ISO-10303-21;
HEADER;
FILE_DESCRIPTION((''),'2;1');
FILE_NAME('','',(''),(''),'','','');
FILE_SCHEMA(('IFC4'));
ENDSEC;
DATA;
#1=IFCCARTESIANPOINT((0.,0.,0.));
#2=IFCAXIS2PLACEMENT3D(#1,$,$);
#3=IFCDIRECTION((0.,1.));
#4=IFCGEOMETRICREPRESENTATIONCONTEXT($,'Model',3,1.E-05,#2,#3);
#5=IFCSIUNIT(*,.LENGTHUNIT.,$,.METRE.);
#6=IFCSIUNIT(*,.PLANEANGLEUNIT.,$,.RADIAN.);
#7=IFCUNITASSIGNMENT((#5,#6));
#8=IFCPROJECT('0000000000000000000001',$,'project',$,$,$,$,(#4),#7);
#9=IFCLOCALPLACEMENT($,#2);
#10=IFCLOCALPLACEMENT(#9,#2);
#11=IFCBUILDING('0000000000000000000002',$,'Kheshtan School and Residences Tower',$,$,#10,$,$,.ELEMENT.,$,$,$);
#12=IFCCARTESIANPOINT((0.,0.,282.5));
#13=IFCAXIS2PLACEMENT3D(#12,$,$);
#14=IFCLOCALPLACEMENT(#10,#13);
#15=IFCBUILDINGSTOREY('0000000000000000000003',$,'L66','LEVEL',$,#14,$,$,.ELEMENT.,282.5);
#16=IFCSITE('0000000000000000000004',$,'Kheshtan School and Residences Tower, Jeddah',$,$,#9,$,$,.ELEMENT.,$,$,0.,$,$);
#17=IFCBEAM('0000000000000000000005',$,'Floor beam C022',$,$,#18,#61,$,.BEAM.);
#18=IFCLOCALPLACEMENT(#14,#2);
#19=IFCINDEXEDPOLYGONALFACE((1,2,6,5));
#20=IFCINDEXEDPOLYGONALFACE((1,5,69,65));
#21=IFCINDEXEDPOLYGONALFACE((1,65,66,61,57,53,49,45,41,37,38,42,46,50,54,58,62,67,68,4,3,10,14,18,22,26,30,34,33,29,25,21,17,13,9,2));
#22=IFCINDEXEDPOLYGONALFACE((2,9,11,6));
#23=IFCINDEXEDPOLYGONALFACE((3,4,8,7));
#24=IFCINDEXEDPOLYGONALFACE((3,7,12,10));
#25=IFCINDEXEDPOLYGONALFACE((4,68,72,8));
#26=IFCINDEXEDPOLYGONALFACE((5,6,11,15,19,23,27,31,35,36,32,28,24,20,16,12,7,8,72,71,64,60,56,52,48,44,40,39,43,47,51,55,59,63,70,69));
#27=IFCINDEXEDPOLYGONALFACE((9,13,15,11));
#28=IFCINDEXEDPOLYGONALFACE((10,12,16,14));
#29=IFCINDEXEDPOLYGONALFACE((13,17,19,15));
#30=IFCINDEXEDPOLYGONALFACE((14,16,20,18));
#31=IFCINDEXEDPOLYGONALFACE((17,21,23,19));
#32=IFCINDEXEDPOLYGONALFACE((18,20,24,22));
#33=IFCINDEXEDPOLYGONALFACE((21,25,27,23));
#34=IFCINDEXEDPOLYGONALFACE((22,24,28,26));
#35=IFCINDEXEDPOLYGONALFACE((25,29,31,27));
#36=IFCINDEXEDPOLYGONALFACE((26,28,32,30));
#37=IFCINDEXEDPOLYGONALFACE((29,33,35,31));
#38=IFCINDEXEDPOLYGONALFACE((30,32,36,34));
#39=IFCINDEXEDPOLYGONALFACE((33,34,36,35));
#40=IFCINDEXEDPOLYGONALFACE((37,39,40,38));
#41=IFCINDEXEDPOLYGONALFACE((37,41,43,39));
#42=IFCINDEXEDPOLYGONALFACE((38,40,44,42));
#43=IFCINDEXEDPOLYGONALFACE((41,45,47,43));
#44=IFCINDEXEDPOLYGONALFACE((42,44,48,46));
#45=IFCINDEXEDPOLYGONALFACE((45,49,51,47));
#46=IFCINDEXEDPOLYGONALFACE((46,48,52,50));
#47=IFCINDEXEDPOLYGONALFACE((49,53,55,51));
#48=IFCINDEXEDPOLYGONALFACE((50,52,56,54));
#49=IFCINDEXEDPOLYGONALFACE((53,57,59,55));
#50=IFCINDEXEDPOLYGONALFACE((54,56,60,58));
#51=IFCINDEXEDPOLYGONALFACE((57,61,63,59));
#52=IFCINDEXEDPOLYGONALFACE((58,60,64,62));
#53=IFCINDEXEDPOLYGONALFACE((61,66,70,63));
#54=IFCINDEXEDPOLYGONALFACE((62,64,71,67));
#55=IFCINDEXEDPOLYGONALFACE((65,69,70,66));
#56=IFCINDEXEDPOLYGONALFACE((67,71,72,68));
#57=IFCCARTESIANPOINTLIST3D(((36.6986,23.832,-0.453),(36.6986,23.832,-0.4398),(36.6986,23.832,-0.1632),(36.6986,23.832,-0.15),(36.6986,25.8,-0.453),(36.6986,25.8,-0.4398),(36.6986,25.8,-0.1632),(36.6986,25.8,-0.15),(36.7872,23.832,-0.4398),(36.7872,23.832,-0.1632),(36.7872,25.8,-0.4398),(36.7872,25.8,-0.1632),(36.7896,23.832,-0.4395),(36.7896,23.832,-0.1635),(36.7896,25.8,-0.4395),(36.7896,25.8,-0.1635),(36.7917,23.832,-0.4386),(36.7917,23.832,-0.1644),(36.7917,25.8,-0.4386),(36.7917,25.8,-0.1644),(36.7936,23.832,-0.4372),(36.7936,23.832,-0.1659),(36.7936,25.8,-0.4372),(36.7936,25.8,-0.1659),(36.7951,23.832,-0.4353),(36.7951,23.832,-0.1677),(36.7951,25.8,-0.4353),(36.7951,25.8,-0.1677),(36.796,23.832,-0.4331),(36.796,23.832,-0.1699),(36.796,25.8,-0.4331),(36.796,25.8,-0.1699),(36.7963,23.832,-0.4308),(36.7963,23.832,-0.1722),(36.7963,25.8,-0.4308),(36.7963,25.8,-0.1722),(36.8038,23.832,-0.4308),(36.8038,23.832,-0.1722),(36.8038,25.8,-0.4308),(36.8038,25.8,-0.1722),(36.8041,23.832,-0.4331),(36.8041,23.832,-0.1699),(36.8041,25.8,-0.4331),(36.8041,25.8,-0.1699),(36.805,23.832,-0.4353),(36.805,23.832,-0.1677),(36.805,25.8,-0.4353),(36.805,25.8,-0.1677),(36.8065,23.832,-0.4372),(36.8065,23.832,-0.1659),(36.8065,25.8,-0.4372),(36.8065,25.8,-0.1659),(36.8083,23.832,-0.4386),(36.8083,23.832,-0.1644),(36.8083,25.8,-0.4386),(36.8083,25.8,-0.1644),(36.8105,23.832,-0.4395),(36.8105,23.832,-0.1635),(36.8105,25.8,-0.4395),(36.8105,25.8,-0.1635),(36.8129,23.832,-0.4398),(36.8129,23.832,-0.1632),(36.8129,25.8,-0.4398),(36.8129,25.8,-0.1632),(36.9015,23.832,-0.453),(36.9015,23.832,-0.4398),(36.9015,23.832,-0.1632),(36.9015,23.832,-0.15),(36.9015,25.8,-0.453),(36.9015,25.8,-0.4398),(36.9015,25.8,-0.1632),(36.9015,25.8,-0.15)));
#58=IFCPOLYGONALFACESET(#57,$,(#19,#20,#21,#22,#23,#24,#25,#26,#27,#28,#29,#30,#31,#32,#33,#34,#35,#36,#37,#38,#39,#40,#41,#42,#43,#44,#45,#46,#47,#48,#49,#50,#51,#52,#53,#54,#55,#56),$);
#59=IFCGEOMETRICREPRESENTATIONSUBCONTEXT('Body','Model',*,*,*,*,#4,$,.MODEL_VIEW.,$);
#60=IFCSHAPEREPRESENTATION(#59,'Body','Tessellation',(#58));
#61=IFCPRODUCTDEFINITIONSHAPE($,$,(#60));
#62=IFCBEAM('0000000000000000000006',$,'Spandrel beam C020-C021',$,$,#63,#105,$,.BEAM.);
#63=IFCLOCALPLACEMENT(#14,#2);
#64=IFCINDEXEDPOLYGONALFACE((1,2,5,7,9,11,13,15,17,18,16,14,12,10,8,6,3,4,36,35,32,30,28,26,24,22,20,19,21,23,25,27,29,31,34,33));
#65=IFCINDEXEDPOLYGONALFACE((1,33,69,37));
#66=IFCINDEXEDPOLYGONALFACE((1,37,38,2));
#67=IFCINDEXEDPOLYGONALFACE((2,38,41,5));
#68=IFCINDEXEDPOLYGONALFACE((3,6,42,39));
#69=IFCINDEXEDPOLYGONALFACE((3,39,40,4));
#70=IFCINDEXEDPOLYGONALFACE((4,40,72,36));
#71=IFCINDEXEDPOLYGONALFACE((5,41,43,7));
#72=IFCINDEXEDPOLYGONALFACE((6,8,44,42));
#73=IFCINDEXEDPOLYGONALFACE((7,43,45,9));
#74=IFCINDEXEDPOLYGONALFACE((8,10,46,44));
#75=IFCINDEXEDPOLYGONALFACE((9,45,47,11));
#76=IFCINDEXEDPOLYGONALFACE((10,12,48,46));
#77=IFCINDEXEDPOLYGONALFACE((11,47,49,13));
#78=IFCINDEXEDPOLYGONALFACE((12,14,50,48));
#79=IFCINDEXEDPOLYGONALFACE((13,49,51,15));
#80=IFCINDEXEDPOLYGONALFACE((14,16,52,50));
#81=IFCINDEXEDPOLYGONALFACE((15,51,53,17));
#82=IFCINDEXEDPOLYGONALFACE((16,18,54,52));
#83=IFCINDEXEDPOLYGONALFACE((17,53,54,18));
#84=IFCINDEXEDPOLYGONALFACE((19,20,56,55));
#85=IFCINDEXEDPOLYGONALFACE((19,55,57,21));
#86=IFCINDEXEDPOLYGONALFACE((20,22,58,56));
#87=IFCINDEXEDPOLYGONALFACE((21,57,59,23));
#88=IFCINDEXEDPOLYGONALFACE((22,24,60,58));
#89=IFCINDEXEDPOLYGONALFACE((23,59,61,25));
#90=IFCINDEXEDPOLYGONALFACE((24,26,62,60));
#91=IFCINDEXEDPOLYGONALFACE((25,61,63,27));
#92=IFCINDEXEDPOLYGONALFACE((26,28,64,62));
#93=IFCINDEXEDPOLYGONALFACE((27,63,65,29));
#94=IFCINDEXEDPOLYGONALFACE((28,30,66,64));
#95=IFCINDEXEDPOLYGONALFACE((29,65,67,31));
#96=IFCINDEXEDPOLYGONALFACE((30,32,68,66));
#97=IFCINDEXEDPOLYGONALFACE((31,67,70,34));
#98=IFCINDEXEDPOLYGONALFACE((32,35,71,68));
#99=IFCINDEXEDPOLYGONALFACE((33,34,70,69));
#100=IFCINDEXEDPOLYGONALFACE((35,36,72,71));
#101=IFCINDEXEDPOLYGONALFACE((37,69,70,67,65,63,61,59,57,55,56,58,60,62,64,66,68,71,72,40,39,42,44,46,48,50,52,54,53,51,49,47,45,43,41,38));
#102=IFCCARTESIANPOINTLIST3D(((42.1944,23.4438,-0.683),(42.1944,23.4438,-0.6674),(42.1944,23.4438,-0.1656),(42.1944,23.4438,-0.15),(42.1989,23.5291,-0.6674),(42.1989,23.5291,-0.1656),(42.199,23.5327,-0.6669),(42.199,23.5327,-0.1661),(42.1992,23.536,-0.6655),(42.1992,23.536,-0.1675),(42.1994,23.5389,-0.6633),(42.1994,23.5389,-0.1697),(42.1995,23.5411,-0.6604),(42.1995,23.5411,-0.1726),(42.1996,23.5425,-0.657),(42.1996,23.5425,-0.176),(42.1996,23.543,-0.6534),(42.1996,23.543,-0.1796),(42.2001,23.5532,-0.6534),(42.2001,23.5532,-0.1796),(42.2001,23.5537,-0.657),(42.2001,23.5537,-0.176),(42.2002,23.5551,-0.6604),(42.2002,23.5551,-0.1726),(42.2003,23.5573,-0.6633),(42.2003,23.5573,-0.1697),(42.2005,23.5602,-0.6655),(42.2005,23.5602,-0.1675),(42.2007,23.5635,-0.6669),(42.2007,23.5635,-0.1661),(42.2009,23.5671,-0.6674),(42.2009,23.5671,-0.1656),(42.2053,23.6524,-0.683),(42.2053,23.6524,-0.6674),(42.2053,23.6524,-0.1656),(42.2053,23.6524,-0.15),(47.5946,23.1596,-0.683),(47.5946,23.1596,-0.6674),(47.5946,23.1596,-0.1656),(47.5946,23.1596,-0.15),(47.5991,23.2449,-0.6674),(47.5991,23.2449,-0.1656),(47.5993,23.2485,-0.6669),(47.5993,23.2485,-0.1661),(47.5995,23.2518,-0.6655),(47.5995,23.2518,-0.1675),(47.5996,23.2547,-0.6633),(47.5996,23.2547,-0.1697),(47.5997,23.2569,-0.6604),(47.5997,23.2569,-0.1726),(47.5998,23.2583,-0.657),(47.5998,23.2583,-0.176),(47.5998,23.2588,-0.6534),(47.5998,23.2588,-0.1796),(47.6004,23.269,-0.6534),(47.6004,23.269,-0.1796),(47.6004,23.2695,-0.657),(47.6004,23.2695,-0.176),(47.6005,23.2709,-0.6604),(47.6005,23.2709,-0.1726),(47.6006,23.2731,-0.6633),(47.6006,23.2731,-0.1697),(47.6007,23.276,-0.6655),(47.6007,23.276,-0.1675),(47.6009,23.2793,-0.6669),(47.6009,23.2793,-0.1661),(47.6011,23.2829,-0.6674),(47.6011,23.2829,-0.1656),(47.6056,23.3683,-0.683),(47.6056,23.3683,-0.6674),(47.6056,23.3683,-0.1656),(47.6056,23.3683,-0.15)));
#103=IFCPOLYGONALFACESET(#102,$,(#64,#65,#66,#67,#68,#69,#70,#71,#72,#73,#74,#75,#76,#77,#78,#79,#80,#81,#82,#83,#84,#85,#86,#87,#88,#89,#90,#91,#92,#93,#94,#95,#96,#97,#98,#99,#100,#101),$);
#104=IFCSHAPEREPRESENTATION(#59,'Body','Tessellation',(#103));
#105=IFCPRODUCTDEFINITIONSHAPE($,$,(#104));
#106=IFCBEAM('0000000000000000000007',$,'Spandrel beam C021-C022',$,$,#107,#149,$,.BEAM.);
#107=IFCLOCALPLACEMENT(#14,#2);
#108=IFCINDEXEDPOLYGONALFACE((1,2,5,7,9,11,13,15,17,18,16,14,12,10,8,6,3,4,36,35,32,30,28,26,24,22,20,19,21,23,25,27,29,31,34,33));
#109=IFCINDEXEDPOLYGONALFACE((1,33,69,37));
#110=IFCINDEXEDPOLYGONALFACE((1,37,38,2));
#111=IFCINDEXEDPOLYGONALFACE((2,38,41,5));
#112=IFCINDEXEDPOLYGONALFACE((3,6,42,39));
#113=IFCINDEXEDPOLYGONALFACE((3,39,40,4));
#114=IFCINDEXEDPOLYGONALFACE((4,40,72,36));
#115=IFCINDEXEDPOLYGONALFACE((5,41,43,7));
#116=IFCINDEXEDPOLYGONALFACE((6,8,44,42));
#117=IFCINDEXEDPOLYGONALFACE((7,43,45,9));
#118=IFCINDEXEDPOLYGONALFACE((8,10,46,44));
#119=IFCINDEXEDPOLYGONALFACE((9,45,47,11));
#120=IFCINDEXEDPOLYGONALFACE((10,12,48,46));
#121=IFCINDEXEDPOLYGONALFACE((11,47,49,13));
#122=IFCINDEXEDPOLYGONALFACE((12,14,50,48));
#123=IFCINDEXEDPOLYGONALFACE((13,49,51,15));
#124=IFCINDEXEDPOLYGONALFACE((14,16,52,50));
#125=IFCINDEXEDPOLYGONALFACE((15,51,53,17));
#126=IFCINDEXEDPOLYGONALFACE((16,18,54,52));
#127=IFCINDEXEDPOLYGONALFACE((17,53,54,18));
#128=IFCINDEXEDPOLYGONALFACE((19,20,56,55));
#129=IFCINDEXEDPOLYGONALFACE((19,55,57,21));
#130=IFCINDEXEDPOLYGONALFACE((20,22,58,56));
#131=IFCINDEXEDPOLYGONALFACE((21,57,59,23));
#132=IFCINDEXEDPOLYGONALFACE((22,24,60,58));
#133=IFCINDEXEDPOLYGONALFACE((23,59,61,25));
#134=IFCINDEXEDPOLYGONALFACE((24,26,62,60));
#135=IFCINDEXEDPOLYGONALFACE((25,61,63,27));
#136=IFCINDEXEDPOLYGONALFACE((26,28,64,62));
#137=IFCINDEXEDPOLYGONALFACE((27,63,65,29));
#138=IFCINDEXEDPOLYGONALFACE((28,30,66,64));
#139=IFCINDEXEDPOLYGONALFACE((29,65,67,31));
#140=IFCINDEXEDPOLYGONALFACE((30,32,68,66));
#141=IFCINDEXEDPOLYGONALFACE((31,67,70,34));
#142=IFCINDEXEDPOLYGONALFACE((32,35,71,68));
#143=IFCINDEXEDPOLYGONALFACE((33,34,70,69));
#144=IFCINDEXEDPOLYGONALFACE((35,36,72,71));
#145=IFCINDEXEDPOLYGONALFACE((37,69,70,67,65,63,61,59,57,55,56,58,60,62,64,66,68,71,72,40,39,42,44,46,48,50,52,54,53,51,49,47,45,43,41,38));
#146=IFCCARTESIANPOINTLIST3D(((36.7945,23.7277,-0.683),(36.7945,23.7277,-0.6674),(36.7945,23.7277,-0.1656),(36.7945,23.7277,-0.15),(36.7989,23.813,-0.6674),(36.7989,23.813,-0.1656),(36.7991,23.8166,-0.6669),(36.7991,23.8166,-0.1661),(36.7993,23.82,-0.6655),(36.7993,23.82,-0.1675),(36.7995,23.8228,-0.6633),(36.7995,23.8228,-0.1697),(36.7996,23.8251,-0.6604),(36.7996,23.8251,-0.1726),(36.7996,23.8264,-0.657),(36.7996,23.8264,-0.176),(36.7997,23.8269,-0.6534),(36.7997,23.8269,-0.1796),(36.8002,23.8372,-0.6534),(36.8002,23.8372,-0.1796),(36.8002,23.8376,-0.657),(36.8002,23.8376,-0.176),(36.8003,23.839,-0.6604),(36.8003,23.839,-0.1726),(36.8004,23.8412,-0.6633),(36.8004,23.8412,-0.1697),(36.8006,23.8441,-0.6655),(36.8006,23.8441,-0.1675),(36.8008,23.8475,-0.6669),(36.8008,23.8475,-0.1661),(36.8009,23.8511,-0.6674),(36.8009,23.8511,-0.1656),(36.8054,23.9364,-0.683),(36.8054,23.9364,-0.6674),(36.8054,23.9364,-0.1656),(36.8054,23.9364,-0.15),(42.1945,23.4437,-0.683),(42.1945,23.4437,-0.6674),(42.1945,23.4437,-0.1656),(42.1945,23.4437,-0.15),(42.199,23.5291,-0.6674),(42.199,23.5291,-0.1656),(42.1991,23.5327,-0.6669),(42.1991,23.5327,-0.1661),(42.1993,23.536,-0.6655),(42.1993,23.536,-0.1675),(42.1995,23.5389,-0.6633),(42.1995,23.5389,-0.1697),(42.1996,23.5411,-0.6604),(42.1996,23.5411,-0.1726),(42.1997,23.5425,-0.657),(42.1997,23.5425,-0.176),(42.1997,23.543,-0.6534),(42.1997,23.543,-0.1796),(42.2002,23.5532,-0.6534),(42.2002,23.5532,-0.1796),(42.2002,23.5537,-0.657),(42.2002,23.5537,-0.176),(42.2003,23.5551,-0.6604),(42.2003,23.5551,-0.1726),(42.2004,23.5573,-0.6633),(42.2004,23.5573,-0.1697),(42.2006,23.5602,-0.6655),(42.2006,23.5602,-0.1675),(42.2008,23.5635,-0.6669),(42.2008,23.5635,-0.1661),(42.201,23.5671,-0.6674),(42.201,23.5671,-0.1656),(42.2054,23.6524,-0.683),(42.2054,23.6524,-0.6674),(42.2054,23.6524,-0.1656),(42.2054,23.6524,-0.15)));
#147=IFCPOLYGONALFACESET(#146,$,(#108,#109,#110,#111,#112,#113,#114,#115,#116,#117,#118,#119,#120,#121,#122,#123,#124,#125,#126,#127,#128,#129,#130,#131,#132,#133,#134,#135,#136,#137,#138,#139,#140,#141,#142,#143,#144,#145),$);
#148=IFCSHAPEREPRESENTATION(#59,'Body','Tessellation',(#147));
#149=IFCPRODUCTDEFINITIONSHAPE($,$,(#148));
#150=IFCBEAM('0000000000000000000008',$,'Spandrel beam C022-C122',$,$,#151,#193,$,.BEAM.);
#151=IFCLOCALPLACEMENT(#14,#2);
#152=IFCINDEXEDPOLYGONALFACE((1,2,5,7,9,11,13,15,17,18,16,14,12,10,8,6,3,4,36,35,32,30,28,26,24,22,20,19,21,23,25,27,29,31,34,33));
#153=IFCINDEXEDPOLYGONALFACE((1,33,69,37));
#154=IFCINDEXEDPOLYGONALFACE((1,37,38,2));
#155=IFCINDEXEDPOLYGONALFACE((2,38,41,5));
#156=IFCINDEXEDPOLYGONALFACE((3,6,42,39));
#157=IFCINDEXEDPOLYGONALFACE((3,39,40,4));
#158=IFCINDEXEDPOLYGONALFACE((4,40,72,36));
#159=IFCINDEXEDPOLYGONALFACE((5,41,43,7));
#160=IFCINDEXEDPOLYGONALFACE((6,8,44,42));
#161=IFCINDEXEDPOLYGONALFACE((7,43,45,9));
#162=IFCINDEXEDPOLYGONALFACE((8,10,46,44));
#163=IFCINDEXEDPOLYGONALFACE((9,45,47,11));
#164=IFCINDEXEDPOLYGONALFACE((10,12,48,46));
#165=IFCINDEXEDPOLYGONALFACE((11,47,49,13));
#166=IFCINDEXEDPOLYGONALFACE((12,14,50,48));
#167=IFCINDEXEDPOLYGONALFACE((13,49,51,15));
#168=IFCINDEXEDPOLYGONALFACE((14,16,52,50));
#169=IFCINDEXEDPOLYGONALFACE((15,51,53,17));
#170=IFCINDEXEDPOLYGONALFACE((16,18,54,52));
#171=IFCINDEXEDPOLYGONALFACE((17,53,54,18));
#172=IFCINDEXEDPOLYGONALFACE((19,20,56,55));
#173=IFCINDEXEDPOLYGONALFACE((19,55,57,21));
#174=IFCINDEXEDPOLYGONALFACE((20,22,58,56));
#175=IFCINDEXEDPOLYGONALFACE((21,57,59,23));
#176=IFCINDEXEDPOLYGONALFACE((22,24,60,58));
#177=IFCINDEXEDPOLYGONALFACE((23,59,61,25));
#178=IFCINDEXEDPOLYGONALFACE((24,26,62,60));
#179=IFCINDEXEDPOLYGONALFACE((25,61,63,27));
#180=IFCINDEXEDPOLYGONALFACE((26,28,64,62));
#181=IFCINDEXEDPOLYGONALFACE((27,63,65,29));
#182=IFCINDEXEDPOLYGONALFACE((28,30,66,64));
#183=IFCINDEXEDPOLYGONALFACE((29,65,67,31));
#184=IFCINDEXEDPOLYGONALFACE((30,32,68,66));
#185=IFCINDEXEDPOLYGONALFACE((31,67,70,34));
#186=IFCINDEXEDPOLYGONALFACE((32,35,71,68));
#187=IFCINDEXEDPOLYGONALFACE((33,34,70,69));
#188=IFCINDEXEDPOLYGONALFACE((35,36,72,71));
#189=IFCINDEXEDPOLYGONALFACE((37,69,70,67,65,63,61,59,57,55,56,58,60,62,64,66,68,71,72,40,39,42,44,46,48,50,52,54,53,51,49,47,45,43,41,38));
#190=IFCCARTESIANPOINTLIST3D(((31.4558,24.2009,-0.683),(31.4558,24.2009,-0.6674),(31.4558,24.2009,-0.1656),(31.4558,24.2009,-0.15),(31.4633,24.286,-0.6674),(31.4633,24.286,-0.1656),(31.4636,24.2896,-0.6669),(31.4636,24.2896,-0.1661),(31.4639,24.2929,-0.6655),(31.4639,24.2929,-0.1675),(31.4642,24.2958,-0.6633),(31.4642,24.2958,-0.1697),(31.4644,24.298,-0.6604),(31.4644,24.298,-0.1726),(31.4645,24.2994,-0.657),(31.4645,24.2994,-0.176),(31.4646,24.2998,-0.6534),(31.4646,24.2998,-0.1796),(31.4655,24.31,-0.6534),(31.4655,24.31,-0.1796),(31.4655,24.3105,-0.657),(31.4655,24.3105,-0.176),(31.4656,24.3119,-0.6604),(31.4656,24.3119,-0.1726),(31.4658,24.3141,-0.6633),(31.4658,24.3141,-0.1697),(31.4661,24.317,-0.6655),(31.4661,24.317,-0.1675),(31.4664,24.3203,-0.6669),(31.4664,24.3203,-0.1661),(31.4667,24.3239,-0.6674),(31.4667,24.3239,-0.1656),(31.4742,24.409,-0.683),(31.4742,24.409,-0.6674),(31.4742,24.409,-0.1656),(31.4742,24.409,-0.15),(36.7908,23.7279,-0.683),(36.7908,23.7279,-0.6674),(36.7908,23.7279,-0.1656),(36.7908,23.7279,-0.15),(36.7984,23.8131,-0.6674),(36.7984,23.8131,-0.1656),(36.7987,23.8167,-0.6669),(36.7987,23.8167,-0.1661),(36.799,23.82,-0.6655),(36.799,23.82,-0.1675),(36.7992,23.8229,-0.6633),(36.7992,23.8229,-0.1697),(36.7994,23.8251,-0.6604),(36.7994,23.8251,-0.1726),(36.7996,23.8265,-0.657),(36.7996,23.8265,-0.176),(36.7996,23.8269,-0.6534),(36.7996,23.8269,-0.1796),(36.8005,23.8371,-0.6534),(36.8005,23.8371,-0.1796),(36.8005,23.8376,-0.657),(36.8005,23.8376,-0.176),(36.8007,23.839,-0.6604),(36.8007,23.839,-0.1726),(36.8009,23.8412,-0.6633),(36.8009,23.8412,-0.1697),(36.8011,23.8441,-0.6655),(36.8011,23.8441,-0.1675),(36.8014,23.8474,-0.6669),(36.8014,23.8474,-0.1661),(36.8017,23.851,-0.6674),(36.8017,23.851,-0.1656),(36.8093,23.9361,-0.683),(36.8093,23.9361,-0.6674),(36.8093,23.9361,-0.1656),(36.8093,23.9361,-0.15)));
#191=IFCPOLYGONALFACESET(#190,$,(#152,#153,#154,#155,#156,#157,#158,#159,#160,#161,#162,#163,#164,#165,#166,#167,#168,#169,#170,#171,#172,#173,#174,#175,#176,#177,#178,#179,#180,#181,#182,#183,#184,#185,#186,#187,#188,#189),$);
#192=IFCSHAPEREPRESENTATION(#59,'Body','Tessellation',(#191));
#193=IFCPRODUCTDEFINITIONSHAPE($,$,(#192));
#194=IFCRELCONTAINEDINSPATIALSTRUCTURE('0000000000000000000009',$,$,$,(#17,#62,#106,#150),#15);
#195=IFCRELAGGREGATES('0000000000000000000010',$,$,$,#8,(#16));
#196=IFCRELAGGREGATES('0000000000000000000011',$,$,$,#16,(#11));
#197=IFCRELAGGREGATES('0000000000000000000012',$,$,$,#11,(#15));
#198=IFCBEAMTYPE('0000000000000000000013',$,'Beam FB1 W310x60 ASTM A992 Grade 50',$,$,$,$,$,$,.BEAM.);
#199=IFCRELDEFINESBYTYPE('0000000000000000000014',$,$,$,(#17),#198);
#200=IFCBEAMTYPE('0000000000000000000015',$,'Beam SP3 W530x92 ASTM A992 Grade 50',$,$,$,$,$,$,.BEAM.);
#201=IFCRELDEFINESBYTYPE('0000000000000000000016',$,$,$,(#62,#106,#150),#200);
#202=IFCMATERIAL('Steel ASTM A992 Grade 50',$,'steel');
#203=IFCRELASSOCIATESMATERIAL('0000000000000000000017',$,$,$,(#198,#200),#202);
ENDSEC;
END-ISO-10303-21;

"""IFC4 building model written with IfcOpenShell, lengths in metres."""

from ifc_helpers import new_model, si_unit, direction, frame, origin, origin_2d, place, context, subcontext, project, spatial, i_section, extrude, material, material_profile, profile_set, type_object, element, save


model = new_model("IFC4")

# Units and contexts
model_context = context("Model", 3, precision=1e-05, world=origin(), true_north=direction((0.0, 1.0)))
body_context = subcontext(model_context, "Body", "Model", "MODEL_VIEW")
ifc_project = project(units=[si_unit("LENGTHUNIT", "METRE"), si_unit("PLANEANGLEUNIT", "RADIAN")], contexts=[model_context])

# Site, building, storey
site_placement = place(None, origin())
site = spatial("IfcSite", under=ifc_project, at=site_placement, Name="Kheshtan School and Residences Tower, Jeddah", CompositionType="ELEMENT", RefElevation=0.0)
building_placement = place(site_placement, origin())
building = spatial("IfcBuilding", under=site, at=building_placement, Name="Kheshtan School and Residences Tower", CompositionType="ELEMENT")
storey_placement = place(building_placement, frame((0.0, 0.0, 282.5)))
storey = spatial("IfcBuildingStorey", under=building, at=storey_placement, Name="L66", Description="LEVEL", CompositionType="ELEMENT", Elevation=282.5)

# Shared definitions
ifc_material_1 = material(Name="Steel ASTM A992 Grade 50", Category="steel")

# Beams
ifc_material_profile_1 = material_profile(ifc_material_1, i_section(OverallWidth=0.2029, OverallDepth=0.303, WebThickness=0.0076, FlangeThickness=0.0132, FilletRadius=0.009, at=origin_2d()), Name="W310x60")
ifc_profile_set_1 = profile_set([ifc_material_profile_1], Name="Steel ASTM A992 Grade 50")
beam_type_1 = type_object("IfcBeamType", Name="Beam FB1 W310x60 ASTM A992 Grade 50", PredefinedType="BEAM", material=ifc_profile_set_1)
beam_1_placement = place(storey_placement, frame((36.8, 23.832, -0.3015), z_axis=(0.0, 1.0, 0.0), x_axis=(-1.0, 0.0, 0.0)))
element("IfcBeam", 1, at=beam_1_placement, inside=storey, type_object=beam_type_1, Name="Floor beam C022", PredefinedType="BEAM", context=body_context, shape_type="SweptSolid", body=[
    extrude(i_section(OverallWidth=0.2029, OverallDepth=0.303, WebThickness=0.0076, FlangeThickness=0.0132, FilletRadius=0.009, at=origin_2d()), origin(), (0.0, 0.0, 1.0), 1.968),
])
ifc_material_profile_2 = material_profile(ifc_material_1, i_section(OverallWidth=0.209, OverallDepth=0.533, WebThickness=0.0103, FlangeThickness=0.0156, FilletRadius=0.0139, at=origin_2d()), Name="W530x92")
ifc_profile_set_2 = profile_set([ifc_material_profile_2], Name="Steel ASTM A992 Grade 50")
beam_type_2 = type_object("IfcBeamType", Name="Beam SP3 W530x92 ASTM A992 Grade 50", PredefinedType="BEAM", material=ifc_profile_set_2)
beam_2_placement = place(storey_placement, frame((47.6001, 23.2639, -0.4165), z_axis=(-0.998618, 0.052552, 0.0), x_axis=(-0.052552, -0.998618, 0.0)))
element("IfcBeam", 2, at=beam_2_placement, inside=storey, type_object=beam_type_2, Name="Spandrel beam C020-C021", PredefinedType="BEAM", context=body_context, shape_type="SweptSolid", body=[
    extrude(i_section(OverallWidth=0.209, OverallDepth=0.533, WebThickness=0.0103, FlangeThickness=0.0156, FilletRadius=0.0139, at=origin_2d()), origin(), (0.0, 0.0, 1.0), 5.4077),
])
beam_3_placement = place(storey_placement, frame((42.2, 23.5481, -0.4165), z_axis=(-0.99862, 0.052509, 0.0), x_axis=(-0.052509, -0.99862, 0.0)))
element("IfcBeam", 3, at=beam_3_placement, inside=storey, type_object=beam_type_2, Name="Spandrel beam C021-C022", PredefinedType="BEAM", context=body_context, shape_type="SweptSolid", body=[
    extrude(i_section(OverallWidth=0.209, OverallDepth=0.533, WebThickness=0.0103, FlangeThickness=0.0156, FilletRadius=0.0139, at=origin_2d()), origin(), (0.0, 0.0, 1.0), 5.4075),
])
beam_4_placement = place(storey_placement, frame((36.8, 23.832, -0.4165), z_axis=(-0.996094, 0.088296, 0.0), x_axis=(-0.088296, -0.996094, 0.0)))
element("IfcBeam", 4, at=beam_4_placement, inside=storey, type_object=beam_type_2, Name="Spandrel beam C022-C122", PredefinedType="BEAM", context=body_context, shape_type="SweptSolid", body=[
    extrude(i_section(OverallWidth=0.209, OverallDepth=0.533, WebThickness=0.0103, FlangeThickness=0.0156, FilletRadius=0.0139, at=origin_2d()), origin(), (0.0, 0.0, 1.0), 5.356),
])

save(model, "model.ifc")
